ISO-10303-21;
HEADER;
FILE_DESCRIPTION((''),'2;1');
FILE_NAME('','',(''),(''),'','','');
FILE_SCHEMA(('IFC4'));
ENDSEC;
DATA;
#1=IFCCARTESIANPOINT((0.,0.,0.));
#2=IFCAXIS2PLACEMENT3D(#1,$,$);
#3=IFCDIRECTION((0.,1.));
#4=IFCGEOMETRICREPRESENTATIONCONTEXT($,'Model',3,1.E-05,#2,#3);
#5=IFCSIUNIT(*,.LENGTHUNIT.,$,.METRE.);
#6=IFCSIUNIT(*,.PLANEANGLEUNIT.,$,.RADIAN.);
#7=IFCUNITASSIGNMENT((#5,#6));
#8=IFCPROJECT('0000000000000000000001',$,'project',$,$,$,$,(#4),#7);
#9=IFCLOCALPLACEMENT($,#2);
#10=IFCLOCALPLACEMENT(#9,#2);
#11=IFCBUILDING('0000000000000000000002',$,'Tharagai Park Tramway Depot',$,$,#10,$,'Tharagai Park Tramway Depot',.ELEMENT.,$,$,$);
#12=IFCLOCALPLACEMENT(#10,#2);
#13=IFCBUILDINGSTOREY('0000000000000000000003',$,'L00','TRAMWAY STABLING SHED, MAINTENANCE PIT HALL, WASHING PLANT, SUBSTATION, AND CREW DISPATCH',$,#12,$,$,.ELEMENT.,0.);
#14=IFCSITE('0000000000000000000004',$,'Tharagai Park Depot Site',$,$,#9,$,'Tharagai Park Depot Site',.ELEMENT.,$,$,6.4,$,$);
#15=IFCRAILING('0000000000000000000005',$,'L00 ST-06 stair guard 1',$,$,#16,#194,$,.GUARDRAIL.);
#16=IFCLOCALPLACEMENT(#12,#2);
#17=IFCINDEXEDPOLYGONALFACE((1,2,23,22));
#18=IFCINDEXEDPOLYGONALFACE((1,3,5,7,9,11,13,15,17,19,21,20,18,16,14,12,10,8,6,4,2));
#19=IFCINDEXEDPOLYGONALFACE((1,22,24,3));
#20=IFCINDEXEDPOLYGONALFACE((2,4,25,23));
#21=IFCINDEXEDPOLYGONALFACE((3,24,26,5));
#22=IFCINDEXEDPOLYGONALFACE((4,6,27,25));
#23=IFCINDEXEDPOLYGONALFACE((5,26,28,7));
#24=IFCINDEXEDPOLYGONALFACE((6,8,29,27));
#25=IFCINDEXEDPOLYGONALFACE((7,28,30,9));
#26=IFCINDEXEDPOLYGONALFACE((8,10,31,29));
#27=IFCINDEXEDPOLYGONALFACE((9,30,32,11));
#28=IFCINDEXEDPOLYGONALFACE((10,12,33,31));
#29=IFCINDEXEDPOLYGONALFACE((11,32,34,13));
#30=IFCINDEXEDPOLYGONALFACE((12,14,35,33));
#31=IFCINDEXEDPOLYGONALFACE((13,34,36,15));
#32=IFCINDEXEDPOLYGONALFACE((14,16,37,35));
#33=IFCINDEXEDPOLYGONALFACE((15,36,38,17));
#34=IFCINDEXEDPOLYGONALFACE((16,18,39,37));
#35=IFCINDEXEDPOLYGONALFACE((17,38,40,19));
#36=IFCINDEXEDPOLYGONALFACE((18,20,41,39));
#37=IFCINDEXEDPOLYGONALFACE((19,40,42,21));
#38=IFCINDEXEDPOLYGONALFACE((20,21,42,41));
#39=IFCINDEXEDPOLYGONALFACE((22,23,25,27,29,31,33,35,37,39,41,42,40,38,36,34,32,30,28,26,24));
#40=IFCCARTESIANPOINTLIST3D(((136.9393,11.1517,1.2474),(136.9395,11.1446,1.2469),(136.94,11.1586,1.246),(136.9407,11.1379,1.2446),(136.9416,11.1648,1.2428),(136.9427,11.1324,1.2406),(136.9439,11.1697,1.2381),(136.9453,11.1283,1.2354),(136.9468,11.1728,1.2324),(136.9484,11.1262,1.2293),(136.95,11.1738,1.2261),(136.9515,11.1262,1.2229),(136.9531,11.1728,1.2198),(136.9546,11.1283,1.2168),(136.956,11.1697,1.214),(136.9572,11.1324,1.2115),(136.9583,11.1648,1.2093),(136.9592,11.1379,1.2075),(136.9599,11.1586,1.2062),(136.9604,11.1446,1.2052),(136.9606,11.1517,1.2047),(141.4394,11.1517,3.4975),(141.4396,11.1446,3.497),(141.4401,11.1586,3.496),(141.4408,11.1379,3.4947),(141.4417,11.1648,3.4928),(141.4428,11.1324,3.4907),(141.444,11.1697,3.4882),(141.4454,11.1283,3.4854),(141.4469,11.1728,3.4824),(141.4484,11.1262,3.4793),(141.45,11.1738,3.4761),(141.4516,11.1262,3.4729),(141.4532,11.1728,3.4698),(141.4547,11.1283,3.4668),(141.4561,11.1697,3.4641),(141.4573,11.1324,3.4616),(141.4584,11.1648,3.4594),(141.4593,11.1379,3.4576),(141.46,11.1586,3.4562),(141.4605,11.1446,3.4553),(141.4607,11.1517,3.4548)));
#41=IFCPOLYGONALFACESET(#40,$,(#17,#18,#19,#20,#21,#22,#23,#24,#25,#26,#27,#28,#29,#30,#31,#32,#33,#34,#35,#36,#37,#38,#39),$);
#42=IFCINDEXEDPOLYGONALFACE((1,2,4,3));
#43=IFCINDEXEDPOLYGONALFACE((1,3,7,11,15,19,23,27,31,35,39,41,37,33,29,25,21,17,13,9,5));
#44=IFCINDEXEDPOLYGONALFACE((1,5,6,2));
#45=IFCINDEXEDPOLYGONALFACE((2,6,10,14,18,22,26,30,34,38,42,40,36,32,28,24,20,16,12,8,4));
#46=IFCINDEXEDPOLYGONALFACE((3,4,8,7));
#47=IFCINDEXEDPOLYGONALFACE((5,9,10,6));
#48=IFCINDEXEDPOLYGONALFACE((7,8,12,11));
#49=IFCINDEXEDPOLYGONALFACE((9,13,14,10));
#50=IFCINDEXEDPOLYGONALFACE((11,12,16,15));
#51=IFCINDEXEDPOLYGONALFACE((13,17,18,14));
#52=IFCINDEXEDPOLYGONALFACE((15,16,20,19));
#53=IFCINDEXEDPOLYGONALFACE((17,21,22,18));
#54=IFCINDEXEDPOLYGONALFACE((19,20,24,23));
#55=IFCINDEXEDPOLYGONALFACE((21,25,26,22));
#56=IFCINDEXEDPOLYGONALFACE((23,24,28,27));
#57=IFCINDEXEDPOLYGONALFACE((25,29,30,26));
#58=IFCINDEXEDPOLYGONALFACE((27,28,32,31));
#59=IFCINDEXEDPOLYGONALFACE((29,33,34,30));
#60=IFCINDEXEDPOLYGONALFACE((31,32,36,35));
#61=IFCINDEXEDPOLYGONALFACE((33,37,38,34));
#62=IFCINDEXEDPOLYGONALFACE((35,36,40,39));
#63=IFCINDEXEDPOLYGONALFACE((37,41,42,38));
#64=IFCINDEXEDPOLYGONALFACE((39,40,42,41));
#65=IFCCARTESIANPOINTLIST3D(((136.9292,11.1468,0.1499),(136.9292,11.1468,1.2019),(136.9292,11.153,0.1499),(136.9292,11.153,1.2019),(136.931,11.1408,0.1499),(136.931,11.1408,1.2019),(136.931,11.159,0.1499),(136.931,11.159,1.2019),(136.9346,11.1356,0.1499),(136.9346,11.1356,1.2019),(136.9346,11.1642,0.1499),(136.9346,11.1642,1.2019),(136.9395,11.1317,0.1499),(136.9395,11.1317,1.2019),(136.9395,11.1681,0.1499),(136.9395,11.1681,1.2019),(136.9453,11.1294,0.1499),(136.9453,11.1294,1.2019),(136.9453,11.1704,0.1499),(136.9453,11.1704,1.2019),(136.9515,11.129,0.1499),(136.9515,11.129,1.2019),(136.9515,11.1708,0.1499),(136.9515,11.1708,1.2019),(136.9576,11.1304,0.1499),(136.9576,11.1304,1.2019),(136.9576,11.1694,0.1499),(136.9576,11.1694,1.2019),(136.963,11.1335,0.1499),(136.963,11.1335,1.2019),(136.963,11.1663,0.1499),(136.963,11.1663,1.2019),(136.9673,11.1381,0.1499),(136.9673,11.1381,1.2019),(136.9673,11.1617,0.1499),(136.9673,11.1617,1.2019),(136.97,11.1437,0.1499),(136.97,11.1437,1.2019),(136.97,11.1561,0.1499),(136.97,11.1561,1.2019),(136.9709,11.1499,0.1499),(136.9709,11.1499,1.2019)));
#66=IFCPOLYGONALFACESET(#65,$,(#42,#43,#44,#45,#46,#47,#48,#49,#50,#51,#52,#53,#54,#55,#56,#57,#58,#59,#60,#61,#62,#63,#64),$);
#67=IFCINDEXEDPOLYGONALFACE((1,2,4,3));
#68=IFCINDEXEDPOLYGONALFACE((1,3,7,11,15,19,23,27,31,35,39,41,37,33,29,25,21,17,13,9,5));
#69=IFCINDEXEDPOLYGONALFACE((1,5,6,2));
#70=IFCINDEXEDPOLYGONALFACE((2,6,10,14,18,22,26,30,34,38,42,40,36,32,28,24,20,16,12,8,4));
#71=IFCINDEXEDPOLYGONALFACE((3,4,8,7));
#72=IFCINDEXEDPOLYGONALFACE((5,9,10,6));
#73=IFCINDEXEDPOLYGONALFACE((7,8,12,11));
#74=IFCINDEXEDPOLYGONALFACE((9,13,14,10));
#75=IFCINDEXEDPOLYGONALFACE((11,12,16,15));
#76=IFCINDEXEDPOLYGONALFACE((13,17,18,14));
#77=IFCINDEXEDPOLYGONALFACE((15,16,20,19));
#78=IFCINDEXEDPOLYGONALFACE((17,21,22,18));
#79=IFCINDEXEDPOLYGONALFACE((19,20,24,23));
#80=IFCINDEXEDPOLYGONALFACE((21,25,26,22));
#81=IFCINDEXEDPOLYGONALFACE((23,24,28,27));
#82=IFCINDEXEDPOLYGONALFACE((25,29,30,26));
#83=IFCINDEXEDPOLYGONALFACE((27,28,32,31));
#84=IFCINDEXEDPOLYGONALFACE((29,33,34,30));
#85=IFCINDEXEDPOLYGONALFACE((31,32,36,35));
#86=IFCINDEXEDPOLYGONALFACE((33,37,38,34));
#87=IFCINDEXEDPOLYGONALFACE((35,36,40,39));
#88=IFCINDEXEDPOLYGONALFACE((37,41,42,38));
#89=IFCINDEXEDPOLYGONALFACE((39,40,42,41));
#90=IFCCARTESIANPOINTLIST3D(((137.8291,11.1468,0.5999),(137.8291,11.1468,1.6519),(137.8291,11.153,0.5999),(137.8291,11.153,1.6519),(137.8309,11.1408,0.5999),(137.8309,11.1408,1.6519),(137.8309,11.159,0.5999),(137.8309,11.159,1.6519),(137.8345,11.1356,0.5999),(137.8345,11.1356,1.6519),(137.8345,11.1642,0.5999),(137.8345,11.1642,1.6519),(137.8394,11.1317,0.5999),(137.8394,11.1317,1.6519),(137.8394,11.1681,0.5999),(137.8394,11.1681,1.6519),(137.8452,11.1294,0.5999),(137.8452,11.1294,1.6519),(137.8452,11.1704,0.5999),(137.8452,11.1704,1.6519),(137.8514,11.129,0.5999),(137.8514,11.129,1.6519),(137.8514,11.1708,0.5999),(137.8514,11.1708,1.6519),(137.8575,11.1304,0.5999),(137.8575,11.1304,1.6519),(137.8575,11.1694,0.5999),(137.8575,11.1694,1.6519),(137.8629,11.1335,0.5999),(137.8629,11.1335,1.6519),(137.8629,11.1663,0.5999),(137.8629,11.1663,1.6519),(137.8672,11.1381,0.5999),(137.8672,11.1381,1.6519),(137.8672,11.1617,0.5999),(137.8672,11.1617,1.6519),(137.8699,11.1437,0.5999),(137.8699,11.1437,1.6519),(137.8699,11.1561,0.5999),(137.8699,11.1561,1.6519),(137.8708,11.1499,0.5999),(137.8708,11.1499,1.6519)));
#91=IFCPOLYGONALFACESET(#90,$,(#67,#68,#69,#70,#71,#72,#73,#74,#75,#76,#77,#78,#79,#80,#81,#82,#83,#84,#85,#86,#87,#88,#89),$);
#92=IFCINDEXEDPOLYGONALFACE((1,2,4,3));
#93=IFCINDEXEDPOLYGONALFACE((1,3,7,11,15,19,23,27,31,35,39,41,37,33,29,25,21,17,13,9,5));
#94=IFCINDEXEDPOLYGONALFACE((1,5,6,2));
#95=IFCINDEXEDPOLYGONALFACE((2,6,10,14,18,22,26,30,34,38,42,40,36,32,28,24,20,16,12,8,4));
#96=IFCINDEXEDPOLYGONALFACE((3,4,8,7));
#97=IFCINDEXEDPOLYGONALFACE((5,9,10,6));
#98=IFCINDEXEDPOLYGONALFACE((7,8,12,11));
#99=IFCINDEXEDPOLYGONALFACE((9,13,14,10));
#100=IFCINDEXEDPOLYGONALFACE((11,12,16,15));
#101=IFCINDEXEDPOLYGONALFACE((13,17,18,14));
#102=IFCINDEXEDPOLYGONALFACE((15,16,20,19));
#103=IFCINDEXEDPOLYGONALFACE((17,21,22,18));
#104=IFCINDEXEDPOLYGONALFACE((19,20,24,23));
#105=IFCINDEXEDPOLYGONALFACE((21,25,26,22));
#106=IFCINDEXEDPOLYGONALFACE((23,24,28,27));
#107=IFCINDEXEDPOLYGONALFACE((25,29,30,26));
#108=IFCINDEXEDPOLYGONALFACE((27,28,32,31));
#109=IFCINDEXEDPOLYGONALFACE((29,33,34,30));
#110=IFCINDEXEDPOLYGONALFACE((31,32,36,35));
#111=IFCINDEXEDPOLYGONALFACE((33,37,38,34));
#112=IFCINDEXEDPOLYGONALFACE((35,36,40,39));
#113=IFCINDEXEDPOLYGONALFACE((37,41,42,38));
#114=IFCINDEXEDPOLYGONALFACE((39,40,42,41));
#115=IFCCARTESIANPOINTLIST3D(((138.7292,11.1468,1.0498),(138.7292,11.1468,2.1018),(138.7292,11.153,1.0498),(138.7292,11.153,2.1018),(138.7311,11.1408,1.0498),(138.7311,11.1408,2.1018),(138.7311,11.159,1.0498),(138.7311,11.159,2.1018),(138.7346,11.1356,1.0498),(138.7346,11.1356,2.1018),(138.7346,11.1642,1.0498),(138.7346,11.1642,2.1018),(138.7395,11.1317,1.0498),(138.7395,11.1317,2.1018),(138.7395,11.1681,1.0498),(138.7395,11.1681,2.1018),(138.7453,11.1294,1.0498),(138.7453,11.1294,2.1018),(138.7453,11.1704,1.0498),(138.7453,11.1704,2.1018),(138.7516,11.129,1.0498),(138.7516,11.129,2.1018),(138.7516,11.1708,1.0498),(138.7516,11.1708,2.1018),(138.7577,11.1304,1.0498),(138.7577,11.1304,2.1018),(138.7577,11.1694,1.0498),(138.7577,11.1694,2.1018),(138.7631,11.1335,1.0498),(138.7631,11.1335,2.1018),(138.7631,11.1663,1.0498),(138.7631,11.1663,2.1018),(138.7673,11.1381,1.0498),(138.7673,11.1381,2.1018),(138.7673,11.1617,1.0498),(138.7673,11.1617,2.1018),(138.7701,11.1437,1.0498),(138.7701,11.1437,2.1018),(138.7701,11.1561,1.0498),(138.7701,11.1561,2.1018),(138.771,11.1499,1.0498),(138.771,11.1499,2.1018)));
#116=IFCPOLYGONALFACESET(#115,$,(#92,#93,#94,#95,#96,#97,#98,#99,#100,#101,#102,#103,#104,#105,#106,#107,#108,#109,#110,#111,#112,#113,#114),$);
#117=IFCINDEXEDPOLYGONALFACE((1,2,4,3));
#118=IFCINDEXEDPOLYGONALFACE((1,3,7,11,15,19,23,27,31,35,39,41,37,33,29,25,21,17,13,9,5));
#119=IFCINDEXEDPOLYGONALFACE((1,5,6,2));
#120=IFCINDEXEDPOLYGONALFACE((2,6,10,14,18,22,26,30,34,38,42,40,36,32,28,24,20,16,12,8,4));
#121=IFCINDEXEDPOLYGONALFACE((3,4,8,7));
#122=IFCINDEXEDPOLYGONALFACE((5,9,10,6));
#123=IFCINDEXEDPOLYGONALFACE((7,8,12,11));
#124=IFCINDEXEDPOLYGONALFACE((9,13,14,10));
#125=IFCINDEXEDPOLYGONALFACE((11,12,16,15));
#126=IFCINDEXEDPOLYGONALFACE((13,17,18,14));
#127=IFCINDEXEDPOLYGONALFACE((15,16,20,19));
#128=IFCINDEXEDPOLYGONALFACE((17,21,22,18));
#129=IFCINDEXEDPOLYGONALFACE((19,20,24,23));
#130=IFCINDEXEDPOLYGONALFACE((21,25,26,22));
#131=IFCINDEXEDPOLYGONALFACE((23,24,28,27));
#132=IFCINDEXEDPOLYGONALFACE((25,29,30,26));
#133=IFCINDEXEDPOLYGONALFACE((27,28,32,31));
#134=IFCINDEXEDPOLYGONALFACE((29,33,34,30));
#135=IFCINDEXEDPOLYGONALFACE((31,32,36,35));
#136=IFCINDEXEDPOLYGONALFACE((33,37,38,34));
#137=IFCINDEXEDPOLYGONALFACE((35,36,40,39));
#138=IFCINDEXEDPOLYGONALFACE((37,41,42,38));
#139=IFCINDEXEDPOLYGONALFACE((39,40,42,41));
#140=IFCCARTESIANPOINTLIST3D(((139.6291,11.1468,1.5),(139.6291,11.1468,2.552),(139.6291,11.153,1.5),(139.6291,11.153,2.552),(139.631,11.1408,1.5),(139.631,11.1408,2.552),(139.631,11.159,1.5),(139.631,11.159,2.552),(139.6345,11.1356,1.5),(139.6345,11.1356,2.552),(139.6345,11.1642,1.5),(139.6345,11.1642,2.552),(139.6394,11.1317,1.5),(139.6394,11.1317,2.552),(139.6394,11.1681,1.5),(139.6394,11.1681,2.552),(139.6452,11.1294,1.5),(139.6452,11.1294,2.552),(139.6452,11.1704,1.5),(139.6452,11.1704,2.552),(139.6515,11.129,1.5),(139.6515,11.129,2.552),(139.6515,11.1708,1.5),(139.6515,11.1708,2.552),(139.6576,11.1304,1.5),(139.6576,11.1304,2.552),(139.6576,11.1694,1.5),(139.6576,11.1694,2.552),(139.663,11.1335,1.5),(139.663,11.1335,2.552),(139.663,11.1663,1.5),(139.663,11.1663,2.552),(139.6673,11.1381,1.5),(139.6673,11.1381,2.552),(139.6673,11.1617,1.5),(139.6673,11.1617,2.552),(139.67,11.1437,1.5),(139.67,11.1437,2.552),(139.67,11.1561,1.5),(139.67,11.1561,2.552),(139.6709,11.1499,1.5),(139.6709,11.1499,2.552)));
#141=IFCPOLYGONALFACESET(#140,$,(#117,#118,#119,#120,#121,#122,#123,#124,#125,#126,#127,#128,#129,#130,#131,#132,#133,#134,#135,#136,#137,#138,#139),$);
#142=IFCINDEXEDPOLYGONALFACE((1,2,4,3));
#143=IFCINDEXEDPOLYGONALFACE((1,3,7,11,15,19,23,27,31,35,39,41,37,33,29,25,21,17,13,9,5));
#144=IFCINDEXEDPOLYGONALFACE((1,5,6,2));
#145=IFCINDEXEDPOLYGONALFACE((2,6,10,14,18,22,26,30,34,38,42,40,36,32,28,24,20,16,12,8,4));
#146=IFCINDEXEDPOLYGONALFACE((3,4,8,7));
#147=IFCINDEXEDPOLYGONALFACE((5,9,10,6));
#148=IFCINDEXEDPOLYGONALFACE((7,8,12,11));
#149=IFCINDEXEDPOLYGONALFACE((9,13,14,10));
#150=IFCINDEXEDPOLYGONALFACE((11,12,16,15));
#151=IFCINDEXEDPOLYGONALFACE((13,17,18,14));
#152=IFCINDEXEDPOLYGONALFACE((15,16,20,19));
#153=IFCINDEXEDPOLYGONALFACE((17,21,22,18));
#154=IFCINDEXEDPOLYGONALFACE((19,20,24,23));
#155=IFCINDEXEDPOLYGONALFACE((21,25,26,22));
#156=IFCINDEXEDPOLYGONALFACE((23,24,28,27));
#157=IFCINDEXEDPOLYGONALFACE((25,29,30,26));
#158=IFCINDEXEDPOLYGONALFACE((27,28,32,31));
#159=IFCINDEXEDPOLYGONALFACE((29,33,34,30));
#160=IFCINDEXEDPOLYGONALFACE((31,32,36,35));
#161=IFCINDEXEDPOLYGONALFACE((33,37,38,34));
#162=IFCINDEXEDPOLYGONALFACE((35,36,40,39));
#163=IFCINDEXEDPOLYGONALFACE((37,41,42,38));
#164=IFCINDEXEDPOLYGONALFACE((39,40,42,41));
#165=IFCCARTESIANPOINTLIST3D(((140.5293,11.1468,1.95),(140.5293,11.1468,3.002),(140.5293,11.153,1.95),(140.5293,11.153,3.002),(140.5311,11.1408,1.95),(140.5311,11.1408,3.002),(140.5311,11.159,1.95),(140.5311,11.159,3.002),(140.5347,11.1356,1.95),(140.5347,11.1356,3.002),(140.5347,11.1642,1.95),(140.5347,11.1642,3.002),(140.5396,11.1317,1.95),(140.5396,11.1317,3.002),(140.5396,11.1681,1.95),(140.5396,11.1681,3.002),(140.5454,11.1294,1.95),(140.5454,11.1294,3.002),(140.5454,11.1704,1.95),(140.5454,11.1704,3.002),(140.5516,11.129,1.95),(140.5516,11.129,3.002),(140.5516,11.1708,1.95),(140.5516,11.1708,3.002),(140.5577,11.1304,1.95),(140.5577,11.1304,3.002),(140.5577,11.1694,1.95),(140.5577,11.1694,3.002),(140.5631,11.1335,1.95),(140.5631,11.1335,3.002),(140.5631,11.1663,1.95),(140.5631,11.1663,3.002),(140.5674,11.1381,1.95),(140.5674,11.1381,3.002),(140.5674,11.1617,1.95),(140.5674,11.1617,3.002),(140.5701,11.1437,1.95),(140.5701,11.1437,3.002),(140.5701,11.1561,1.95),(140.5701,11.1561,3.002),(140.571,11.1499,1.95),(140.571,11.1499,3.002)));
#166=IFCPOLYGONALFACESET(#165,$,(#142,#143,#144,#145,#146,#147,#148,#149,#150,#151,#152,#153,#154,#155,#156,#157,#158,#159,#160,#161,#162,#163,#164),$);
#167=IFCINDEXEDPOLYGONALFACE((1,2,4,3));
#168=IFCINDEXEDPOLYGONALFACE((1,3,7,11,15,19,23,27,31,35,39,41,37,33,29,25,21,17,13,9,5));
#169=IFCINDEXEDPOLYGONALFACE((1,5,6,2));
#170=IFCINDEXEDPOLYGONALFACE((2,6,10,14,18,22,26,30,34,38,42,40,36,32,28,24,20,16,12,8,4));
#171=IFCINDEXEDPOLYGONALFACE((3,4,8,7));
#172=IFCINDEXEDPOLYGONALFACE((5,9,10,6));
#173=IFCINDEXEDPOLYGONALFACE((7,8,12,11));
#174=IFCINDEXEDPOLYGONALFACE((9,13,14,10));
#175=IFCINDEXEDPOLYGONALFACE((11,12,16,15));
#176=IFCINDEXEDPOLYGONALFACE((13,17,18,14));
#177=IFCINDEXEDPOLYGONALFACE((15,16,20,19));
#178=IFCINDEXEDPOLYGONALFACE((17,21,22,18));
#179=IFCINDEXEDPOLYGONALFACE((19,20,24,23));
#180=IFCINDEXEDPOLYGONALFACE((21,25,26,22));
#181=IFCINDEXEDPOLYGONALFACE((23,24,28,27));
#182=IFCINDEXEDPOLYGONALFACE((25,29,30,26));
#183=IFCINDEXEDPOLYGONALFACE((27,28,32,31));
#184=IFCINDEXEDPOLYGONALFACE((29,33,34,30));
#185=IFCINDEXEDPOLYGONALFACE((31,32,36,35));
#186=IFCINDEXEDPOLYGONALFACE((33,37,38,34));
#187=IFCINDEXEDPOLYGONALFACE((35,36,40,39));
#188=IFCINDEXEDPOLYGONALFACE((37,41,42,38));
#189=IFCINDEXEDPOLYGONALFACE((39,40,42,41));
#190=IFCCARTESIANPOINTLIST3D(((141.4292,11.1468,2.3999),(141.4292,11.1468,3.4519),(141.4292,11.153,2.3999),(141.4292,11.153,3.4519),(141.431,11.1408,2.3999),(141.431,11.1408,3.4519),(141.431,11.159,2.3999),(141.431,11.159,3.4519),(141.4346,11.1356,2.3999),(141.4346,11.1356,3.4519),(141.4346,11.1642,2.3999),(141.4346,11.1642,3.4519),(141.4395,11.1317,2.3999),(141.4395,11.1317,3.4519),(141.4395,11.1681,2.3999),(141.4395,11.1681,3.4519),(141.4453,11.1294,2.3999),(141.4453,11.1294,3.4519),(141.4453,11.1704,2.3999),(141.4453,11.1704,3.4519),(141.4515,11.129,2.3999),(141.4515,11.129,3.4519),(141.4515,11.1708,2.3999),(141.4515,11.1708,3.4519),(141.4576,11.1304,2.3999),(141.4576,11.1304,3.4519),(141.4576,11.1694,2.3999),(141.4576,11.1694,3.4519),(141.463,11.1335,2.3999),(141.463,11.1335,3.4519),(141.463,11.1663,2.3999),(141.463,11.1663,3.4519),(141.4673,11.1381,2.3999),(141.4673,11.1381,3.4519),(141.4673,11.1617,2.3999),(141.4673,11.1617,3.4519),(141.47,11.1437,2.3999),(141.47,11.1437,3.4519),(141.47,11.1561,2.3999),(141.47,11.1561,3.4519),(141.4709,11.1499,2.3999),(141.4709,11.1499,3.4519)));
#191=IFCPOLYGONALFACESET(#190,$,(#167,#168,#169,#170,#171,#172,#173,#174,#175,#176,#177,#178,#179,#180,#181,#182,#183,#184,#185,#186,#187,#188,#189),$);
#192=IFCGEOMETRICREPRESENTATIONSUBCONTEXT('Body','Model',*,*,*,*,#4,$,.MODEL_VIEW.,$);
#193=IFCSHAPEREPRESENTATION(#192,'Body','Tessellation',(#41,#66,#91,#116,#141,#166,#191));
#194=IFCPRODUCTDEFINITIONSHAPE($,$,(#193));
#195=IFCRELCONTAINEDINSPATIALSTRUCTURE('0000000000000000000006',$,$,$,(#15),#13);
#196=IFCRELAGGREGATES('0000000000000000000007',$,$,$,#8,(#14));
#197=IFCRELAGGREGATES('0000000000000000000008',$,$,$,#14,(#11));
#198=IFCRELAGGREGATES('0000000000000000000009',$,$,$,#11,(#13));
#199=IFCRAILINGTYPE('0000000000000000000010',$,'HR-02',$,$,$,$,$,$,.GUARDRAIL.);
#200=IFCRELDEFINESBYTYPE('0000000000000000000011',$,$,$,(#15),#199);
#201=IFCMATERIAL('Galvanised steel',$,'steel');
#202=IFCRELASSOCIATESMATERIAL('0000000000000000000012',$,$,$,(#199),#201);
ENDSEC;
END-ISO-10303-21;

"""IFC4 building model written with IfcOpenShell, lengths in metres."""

from ifc_helpers import new_model, si_unit, direction, frame, origin, origin_2d, place, context, subcontext, project, spatial, circle, extrude, material, type_object, element, save


model = new_model("IFC4")

# Units and contexts
model_context = context("Model", 3, precision=1e-05, world=origin(), true_north=direction((0.0, 1.0)))
body_context = subcontext(model_context, "Body", "Model", "MODEL_VIEW")
ifc_project = project(units=[si_unit("LENGTHUNIT", "METRE"), si_unit("PLANEANGLEUNIT", "RADIAN")], contexts=[model_context])

# Site, building, storey
site_placement = place(None, origin())
site = spatial("IfcSite", under=ifc_project, at=site_placement, Name="Tharagai Park Depot Site", LongName="Tharagai Park Depot Site", CompositionType="ELEMENT", RefElevation=6.4)
building_placement = place(site_placement, origin())
building = spatial("IfcBuilding", under=site, at=building_placement, Name="Tharagai Park Tramway Depot", LongName="Tharagai Park Tramway Depot", CompositionType="ELEMENT")
storey_placement = place(building_placement, origin())
storey = spatial("IfcBuildingStorey", under=building, at=storey_placement, Name="L00", Description="TRAMWAY STABLING SHED, MAINTENANCE PIT HALL, WASHING PLANT, SUBSTATION, AND CREW DISPATCH", CompositionType="ELEMENT", Elevation=0.0)

# Railing
ifc_material_1 = material(Name="Galvanised steel", Category="steel")
railing_type_1 = type_object("IfcRailingType", Name="HR-02", PredefinedType="GUARDRAIL", material=ifc_material_1)
railing_1_placement = place(storey_placement, frame((136.95, 11.1499, 0.1499)))
element("IfcRailing", 1, at=railing_1_placement, inside=storey, type_object=railing_type_1, Name="L00 ST-06 stair guard 1", PredefinedType="GUARDRAIL", context=body_context, shape_type="SweptSolid", body=[
    extrude(circle(Radius=0.0239, at=origin_2d()), frame((0.0, 0.0, 1.0762), z_axis=(0.894427, 0.0, 0.447214), x_axis=(0.0, 1.0, 0.0)), (0.0, 0.0, 1.0), 5.0312),
    extrude(circle(Radius=0.021, at=origin_2d()), origin(), (0.0, 0.0, 1.0), 1.052),
    extrude(circle(Radius=0.021, at=origin_2d()), frame((0.8999, 0.0, 0.45)), (0.0, 0.0, 1.0), 1.052),
    extrude(circle(Radius=0.021, at=origin_2d()), frame((1.8, 0.0, 0.8999)), (0.0, 0.0, 1.0), 1.052),
    extrude(circle(Radius=0.021, at=origin_2d()), frame((2.7, 0.0, 1.3501)), (0.0, 0.0, 1.0), 1.052),
    extrude(circle(Radius=0.021, at=origin_2d()), frame((3.6001, 0.0, 1.8)), (0.0, 0.0, 1.0), 1.052),
    extrude(circle(Radius=0.021, at=origin_2d()), frame((4.5, 0.0, 2.25)), (0.0, 0.0, 1.0), 1.052),
])

save(model, "model.ifc")
